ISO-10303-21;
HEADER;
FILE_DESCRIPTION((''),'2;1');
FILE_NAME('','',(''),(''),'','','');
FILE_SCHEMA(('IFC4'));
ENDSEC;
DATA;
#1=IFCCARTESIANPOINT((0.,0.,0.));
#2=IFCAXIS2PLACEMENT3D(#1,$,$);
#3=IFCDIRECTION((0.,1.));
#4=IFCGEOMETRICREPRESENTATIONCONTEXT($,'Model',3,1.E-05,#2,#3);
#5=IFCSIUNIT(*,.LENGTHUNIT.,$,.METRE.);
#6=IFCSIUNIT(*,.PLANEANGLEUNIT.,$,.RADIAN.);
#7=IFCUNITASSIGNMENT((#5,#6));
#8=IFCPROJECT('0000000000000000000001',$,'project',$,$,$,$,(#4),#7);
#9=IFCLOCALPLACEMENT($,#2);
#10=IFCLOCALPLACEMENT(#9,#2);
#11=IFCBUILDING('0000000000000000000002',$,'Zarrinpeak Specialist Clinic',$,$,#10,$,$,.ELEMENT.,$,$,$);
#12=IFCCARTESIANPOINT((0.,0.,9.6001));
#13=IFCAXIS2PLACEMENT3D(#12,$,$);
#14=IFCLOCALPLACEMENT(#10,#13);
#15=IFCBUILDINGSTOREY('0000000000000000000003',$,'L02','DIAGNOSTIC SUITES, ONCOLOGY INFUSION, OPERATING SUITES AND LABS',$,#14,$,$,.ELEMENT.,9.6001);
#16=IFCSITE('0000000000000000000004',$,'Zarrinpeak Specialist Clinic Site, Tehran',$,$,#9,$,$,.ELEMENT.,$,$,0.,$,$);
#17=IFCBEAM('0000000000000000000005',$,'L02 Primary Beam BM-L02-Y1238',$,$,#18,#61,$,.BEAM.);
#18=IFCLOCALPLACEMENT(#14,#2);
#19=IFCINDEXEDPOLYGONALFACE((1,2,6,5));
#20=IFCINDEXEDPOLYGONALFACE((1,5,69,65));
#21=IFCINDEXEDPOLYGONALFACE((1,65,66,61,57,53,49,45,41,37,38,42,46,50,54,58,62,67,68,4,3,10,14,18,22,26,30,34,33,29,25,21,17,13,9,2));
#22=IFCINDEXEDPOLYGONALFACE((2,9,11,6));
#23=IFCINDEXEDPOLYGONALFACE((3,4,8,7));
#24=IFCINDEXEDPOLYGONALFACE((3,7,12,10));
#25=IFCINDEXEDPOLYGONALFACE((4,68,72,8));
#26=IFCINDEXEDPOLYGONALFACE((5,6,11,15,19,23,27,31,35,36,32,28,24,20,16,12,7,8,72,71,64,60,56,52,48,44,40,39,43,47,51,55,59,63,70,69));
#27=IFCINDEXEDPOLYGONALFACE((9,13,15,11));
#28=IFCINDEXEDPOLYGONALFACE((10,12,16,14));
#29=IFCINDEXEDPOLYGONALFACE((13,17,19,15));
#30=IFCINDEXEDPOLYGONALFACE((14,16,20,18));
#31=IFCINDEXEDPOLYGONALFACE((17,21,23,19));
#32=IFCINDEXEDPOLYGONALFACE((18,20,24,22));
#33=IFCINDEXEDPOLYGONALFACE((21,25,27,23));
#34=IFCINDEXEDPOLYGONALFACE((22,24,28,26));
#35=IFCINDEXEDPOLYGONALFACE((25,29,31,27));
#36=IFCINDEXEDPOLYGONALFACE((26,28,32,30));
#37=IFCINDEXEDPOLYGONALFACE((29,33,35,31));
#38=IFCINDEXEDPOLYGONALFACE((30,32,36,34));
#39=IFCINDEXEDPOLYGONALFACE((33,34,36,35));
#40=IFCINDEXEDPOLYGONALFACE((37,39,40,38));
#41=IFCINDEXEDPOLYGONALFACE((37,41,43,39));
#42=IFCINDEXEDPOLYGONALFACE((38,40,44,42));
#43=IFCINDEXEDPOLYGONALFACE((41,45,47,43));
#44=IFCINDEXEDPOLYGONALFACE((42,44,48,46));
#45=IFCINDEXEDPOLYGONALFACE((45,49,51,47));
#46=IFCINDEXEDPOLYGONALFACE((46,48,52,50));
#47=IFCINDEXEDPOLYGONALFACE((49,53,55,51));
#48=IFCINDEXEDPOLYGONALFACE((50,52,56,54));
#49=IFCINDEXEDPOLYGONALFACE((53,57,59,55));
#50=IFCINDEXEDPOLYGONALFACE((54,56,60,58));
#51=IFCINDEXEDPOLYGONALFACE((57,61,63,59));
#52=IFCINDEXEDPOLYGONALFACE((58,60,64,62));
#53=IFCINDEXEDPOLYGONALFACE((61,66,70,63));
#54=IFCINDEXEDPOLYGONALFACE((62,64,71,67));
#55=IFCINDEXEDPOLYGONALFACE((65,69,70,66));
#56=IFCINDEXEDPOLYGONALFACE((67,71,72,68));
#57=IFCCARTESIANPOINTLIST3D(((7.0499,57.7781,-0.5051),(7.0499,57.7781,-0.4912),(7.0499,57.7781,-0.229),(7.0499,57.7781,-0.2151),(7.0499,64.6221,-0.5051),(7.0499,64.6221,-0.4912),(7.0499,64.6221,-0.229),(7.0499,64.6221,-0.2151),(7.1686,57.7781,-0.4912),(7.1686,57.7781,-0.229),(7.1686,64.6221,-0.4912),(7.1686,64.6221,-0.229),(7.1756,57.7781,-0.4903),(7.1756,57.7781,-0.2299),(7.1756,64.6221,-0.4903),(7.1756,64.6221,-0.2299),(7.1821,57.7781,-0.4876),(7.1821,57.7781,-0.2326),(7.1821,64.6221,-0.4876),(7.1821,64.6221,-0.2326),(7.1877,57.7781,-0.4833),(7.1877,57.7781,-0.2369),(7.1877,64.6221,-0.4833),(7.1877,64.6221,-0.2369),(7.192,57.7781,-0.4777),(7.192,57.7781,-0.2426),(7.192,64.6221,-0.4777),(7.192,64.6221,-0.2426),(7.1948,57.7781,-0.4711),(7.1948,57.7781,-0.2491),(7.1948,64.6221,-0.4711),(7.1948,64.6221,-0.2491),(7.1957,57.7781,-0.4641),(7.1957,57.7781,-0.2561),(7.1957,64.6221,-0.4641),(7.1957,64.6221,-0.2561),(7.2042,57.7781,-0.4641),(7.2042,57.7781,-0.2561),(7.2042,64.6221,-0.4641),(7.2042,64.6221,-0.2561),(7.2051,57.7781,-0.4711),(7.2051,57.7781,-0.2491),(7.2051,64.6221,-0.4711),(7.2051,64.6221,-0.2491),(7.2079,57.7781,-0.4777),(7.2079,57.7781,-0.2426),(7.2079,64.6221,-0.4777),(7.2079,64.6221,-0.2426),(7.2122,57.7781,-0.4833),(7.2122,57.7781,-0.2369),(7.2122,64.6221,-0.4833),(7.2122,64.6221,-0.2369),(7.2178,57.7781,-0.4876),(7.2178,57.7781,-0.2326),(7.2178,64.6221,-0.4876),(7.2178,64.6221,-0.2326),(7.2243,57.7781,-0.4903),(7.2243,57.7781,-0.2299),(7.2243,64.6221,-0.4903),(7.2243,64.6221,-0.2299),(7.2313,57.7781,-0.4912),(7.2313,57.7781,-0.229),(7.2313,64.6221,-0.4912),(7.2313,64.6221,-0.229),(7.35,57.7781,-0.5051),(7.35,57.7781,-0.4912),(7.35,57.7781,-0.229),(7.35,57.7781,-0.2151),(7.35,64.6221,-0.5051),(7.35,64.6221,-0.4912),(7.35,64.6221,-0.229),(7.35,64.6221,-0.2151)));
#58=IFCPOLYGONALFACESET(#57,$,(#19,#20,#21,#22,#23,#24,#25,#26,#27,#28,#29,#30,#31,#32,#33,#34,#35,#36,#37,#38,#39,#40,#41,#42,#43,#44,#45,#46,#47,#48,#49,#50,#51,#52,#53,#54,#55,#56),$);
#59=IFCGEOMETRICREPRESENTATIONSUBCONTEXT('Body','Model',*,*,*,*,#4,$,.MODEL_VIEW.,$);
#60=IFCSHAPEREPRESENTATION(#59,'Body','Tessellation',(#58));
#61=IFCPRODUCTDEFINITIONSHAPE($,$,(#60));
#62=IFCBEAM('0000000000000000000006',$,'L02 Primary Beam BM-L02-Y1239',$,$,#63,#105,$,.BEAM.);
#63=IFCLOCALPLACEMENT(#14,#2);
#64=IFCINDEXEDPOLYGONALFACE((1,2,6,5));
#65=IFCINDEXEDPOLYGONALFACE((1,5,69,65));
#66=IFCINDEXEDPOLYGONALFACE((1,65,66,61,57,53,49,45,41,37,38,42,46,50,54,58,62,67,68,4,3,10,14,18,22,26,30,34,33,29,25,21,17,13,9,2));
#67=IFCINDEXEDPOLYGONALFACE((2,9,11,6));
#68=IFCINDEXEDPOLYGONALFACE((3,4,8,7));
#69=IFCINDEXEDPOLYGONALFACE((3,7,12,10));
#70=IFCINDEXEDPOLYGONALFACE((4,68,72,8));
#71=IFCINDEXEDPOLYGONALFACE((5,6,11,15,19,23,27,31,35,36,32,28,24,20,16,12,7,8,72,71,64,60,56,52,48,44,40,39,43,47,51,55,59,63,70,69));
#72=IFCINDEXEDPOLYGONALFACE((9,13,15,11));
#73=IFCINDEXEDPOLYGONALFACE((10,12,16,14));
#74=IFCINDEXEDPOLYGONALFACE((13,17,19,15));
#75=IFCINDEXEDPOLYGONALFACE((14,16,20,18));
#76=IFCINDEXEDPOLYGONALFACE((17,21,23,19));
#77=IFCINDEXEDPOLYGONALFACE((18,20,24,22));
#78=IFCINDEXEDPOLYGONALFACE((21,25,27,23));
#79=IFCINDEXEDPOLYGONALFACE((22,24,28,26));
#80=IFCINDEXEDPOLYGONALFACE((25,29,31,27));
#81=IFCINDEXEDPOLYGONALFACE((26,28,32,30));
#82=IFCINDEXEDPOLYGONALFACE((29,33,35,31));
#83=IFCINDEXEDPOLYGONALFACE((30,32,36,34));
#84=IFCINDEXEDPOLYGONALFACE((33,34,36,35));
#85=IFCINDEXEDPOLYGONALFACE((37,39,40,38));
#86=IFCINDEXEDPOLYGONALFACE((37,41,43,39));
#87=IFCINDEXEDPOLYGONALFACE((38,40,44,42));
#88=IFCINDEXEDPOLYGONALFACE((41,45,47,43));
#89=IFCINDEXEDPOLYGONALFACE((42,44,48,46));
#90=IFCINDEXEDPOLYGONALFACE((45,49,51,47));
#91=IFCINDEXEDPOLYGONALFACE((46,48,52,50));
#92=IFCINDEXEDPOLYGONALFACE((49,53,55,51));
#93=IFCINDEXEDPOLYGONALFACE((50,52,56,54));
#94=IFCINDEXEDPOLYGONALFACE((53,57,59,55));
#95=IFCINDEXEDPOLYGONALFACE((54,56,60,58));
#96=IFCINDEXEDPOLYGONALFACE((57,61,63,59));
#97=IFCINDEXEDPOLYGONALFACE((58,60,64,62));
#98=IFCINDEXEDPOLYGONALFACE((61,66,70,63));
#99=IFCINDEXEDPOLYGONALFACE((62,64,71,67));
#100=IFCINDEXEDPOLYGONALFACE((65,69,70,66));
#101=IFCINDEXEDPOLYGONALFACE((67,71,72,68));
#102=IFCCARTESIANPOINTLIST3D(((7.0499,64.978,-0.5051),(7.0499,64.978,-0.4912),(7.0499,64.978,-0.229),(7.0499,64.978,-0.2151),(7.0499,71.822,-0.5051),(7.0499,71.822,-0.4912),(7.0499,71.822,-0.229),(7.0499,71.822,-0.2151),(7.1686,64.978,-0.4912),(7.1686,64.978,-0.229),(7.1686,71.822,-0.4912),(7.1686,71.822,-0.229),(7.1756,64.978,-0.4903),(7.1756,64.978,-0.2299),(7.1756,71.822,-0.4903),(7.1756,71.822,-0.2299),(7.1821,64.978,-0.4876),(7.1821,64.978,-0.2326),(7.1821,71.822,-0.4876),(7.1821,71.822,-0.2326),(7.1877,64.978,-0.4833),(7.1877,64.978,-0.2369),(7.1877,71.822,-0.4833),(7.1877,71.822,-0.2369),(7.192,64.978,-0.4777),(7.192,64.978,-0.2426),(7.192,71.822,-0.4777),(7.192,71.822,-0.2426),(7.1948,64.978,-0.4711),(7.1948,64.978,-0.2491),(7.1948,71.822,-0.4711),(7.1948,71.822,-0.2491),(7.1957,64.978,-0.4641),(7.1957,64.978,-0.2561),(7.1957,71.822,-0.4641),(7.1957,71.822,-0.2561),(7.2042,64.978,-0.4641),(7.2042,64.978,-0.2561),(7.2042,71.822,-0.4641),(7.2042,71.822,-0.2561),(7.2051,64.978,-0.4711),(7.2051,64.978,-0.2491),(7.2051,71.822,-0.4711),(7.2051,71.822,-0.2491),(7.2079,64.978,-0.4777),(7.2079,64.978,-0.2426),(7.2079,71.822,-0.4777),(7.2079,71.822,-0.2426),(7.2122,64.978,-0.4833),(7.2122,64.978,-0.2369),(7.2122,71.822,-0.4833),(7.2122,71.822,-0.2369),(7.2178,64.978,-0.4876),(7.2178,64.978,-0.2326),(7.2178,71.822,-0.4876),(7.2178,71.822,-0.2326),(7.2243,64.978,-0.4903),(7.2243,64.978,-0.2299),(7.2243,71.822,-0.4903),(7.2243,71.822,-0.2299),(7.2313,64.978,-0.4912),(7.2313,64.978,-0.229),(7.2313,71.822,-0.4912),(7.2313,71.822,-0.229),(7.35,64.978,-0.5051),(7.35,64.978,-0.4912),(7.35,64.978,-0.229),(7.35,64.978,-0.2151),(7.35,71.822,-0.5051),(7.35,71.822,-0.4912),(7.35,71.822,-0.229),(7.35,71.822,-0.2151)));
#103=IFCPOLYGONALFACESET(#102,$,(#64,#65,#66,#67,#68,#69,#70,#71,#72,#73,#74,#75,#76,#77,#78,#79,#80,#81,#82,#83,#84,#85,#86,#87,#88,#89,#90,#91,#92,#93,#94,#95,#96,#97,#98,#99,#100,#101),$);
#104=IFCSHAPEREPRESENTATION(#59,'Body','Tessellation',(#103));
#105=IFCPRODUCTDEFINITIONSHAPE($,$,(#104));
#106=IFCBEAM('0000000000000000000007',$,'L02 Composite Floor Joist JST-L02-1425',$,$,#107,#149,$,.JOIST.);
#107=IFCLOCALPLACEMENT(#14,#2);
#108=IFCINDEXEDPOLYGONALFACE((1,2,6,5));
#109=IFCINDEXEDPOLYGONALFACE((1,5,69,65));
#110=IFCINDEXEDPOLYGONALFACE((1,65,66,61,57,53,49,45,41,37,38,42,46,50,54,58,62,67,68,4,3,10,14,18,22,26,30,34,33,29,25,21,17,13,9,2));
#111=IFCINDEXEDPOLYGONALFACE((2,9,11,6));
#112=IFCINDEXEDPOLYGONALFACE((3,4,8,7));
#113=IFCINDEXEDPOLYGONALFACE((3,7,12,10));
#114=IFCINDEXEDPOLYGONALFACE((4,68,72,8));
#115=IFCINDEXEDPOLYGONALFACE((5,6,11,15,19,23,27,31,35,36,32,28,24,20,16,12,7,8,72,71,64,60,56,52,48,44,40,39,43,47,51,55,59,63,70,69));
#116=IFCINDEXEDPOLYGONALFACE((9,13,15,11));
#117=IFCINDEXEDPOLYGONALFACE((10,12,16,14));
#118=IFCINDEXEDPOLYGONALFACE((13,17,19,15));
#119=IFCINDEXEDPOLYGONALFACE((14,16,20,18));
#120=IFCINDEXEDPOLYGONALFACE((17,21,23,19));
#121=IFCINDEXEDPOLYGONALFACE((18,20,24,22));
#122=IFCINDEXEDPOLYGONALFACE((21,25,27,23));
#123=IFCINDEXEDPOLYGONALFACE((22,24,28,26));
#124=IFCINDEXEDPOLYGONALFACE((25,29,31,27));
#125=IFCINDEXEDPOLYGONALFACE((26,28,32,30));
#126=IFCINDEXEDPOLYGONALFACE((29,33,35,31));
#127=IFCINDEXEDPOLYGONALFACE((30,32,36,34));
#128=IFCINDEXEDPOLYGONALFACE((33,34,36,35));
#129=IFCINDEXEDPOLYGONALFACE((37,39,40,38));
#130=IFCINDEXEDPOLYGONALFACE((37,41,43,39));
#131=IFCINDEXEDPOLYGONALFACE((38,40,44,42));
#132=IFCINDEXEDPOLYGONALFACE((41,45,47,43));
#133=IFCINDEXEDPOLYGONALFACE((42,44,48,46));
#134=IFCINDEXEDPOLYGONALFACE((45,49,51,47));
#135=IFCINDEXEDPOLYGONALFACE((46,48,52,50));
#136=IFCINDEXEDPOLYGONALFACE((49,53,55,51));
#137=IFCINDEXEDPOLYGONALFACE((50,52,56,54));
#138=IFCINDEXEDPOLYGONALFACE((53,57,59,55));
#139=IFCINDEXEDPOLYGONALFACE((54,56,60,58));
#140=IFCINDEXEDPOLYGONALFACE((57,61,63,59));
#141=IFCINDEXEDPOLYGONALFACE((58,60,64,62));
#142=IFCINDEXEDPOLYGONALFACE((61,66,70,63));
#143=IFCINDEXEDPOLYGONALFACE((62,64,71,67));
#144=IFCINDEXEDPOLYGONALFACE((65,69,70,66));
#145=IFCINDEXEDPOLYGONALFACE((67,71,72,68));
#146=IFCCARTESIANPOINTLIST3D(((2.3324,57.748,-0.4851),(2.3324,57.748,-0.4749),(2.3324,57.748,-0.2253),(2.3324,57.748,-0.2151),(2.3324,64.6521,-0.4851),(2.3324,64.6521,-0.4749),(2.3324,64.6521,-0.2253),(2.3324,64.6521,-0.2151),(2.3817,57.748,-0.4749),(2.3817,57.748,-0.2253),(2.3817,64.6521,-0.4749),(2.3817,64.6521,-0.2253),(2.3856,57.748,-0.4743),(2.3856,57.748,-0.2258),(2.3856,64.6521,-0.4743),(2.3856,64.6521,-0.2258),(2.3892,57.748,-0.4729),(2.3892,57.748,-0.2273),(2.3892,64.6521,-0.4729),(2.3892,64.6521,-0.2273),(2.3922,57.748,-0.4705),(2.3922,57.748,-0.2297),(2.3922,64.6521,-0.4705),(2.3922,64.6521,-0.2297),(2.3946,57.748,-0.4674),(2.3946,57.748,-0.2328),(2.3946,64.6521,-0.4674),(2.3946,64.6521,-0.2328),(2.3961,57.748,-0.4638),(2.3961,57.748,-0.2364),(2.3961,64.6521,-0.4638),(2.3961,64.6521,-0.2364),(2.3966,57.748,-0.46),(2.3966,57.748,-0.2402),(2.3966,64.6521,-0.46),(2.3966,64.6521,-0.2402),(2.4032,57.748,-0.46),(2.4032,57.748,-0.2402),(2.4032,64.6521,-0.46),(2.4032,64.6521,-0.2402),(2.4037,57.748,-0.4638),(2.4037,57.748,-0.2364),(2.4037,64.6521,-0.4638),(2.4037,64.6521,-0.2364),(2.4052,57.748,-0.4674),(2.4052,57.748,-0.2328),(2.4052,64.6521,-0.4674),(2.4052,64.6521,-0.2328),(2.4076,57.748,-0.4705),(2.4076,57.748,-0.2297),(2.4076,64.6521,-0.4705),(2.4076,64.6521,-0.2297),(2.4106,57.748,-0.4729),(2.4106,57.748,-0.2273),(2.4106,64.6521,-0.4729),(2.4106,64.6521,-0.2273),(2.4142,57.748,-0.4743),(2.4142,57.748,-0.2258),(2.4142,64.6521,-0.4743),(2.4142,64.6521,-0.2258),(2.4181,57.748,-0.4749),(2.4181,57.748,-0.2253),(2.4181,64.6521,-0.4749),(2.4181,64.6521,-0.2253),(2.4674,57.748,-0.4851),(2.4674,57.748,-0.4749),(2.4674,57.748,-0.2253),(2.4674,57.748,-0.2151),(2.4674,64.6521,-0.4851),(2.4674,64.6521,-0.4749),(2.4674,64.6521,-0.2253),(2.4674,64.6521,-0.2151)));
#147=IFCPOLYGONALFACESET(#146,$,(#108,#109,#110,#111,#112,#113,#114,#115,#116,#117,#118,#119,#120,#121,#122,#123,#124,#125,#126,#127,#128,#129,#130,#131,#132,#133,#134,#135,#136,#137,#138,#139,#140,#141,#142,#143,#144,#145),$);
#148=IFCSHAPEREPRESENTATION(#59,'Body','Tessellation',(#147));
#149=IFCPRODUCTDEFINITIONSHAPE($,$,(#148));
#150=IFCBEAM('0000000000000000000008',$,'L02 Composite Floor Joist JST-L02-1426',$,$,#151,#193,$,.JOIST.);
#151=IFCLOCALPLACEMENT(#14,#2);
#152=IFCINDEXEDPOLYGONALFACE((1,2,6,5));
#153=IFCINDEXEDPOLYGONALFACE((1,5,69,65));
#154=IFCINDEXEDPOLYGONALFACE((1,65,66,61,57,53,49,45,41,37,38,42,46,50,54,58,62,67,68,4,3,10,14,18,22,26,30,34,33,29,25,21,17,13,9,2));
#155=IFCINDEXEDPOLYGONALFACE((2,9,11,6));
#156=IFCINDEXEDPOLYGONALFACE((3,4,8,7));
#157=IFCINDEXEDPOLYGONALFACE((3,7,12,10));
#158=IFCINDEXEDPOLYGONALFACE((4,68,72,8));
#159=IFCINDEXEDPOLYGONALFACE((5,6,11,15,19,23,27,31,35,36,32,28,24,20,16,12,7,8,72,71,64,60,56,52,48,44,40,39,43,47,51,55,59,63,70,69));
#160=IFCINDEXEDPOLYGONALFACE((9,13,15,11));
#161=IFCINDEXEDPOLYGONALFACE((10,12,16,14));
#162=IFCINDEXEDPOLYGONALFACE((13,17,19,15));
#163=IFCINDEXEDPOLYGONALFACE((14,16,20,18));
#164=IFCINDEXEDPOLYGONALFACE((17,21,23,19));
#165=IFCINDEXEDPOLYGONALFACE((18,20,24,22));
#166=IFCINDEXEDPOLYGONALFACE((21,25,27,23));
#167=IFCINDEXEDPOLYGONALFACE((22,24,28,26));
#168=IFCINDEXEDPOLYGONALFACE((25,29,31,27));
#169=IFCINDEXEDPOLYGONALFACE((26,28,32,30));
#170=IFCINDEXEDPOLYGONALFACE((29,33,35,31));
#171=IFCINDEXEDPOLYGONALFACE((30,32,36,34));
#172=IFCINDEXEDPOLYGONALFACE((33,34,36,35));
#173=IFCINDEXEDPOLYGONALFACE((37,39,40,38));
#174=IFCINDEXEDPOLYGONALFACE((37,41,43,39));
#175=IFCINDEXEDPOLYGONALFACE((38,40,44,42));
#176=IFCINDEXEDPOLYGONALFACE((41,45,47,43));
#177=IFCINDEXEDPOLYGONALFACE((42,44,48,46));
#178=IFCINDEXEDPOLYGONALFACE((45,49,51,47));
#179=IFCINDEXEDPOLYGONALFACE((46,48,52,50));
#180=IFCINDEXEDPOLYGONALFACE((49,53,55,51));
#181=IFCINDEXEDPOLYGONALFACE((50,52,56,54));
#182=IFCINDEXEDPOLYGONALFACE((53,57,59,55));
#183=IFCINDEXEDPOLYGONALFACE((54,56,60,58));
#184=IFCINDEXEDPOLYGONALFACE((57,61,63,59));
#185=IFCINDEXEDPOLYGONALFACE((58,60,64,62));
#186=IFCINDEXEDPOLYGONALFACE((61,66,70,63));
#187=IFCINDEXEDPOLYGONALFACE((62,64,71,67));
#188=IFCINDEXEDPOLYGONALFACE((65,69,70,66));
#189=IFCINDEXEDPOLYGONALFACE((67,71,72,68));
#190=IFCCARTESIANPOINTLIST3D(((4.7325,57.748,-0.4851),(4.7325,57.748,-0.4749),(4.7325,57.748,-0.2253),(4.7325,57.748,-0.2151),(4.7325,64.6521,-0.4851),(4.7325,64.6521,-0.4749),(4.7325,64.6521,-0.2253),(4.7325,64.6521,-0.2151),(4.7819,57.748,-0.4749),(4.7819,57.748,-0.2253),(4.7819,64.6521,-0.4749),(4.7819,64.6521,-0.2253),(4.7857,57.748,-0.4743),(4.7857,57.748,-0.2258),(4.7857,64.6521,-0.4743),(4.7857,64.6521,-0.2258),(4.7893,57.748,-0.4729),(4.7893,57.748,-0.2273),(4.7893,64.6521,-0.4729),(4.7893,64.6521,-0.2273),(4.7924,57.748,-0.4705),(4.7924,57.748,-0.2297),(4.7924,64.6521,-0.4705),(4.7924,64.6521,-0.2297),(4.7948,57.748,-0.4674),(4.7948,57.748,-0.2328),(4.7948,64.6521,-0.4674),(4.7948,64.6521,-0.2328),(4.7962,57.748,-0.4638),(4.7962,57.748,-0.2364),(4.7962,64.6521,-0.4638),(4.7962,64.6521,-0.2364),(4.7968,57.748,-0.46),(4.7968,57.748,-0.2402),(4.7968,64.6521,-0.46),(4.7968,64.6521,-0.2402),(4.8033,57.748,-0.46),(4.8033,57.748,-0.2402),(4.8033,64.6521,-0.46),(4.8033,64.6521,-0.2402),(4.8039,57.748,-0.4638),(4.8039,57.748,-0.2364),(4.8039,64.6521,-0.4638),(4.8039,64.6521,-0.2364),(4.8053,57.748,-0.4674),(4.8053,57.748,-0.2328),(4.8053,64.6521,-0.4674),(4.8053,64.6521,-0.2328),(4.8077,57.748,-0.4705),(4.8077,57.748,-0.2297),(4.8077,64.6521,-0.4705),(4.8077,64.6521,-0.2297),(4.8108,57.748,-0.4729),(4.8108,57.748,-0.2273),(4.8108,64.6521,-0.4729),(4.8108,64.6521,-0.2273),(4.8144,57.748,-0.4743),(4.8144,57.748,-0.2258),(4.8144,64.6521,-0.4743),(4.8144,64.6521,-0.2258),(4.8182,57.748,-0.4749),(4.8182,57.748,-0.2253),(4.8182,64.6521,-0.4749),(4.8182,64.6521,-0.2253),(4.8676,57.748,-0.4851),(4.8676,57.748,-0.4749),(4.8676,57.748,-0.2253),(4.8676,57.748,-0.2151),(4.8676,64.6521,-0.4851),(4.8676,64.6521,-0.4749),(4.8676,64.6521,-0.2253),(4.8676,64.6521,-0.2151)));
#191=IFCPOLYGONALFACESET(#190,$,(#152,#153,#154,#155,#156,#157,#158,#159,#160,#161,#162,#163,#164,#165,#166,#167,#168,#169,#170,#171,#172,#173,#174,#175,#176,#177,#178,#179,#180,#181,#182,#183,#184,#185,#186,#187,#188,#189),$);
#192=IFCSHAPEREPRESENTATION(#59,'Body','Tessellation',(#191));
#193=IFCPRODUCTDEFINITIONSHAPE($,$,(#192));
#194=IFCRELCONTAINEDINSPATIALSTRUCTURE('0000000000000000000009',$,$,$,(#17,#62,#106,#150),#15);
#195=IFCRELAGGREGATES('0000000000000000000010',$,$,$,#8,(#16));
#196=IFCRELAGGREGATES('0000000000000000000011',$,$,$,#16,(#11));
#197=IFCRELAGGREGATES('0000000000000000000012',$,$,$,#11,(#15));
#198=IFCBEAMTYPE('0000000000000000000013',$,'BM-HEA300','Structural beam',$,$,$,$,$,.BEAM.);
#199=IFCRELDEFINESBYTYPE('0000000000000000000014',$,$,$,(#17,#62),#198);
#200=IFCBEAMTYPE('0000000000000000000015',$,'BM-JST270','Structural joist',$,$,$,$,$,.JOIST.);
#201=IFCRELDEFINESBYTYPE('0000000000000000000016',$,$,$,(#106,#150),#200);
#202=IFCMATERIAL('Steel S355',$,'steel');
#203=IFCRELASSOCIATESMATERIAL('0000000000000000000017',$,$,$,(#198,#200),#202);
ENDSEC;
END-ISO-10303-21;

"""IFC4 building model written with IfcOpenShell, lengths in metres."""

from ifc_helpers import new_model, si_unit, direction, frame, origin, origin_2d, place, context, subcontext, project, spatial, i_section, extrude, material, material_profile, profile_set, type_object, element, save


model = new_model("IFC4")

# Units and contexts
model_context = context("Model", 3, precision=1e-05, world=origin(), true_north=direction((0.0, 1.0)))
body_context = subcontext(model_context, "Body", "Model", "MODEL_VIEW")
ifc_project = project(units=[si_unit("LENGTHUNIT", "METRE"), si_unit("PLANEANGLEUNIT", "RADIAN")], contexts=[model_context])

# Site, building, storey
site_placement = place(None, origin())
site = spatial("IfcSite", under=ifc_project, at=site_placement, Name="Zarrinpeak Specialist Clinic Site, Tehran", CompositionType="ELEMENT", RefElevation=0.0)
building_placement = place(site_placement, origin())
building = spatial("IfcBuilding", under=site, at=building_placement, Name="Zarrinpeak Specialist Clinic", CompositionType="ELEMENT")
storey_placement = place(building_placement, frame((0.0, 0.0, 9.6001)))
storey = spatial("IfcBuildingStorey", under=building, at=storey_placement, Name="L02", Description="DIAGNOSTIC SUITES, ONCOLOGY INFUSION, OPERATING SUITES AND LABS", CompositionType="ELEMENT", Elevation=9.6001)

# Shared definitions
ifc_material_1 = material(Name="Steel S355", Category="steel")

# Beams
ifc_material_profile_1 = material_profile(ifc_material_1, i_section(OverallWidth=0.3, OverallDepth=0.29, WebThickness=0.0085, FlangeThickness=0.0139, FilletRadius=0.0271, at=origin_2d()), Name="HEA 300")
ifc_profile_set_1 = profile_set([ifc_material_profile_1], Name="Steel S355")
beam_type_1 = type_object("IfcBeamType", Name="BM-HEA300", Description="Structural beam", PredefinedType="BEAM", material=ifc_profile_set_1)
for number, where, z_axis, x_axis, name in (
    (1, (7.2, 57.7781, -0.3601), (0.0, 1.0, 0.0), (-1.0, 0.0, 0.0), "L02 Primary Beam BM-L02-Y1238"),
    (2, (7.2, 64.978, -0.3601), (0.0, 1.0, 0.0), (-1.0, 0.0, 0.0), "L02 Primary Beam BM-L02-Y1239"),
):
    element("IfcBeam", number, at=place(storey_placement, frame(where, z_axis=z_axis, x_axis=x_axis)), inside=storey, type_object=beam_type_1, Name=name, PredefinedType="BEAM", context=body_context, shape_type="SweptSolid", body=[
        extrude(i_section(OverallWidth=0.3, OverallDepth=0.29, WebThickness=0.0085, FlangeThickness=0.0139, FilletRadius=0.0271, at=origin_2d()), origin(), (0.0, 0.0, 1.0), 6.844),
    ])
ifc_material_profile_2 = material_profile(ifc_material_1, i_section(OverallWidth=0.135, OverallDepth=0.27, WebThickness=0.0066, FlangeThickness=0.0103, FilletRadius=0.0149, at=origin_2d()), Name="IPE 270")
ifc_profile_set_2 = profile_set([ifc_material_profile_2], Name="Steel S355")
beam_type_2 = type_object("IfcBeamType", Name="BM-JST270", Description="Structural joist", PredefinedType="JOIST", material=ifc_profile_set_2)
for number, where, z_axis, x_axis, name in (
    (3, (2.3999, 57.748, -0.3501), (0.0, 1.0, 0.0), (-1.0, 0.0, 0.0), "L02 Composite Floor Joist JST-L02-1425"),
    (4, (4.8, 57.748, -0.3501), (0.0, 1.0, 0.0), (-1.0, 0.0, 0.0), "L02 Composite Floor Joist JST-L02-1426"),
):
    element("IfcBeam", number, at=place(storey_placement, frame(where, z_axis=z_axis, x_axis=x_axis)), inside=storey, type_object=beam_type_2, Name=name, PredefinedType="JOIST", context=body_context, shape_type="SweptSolid", body=[
        extrude(i_section(OverallWidth=0.135, OverallDepth=0.27, WebThickness=0.0066, FlangeThickness=0.0103, FilletRadius=0.0149, at=origin_2d()), origin(), (0.0, 0.0, 1.0), 6.9041),
    ])

save(model, "model.ifc")
